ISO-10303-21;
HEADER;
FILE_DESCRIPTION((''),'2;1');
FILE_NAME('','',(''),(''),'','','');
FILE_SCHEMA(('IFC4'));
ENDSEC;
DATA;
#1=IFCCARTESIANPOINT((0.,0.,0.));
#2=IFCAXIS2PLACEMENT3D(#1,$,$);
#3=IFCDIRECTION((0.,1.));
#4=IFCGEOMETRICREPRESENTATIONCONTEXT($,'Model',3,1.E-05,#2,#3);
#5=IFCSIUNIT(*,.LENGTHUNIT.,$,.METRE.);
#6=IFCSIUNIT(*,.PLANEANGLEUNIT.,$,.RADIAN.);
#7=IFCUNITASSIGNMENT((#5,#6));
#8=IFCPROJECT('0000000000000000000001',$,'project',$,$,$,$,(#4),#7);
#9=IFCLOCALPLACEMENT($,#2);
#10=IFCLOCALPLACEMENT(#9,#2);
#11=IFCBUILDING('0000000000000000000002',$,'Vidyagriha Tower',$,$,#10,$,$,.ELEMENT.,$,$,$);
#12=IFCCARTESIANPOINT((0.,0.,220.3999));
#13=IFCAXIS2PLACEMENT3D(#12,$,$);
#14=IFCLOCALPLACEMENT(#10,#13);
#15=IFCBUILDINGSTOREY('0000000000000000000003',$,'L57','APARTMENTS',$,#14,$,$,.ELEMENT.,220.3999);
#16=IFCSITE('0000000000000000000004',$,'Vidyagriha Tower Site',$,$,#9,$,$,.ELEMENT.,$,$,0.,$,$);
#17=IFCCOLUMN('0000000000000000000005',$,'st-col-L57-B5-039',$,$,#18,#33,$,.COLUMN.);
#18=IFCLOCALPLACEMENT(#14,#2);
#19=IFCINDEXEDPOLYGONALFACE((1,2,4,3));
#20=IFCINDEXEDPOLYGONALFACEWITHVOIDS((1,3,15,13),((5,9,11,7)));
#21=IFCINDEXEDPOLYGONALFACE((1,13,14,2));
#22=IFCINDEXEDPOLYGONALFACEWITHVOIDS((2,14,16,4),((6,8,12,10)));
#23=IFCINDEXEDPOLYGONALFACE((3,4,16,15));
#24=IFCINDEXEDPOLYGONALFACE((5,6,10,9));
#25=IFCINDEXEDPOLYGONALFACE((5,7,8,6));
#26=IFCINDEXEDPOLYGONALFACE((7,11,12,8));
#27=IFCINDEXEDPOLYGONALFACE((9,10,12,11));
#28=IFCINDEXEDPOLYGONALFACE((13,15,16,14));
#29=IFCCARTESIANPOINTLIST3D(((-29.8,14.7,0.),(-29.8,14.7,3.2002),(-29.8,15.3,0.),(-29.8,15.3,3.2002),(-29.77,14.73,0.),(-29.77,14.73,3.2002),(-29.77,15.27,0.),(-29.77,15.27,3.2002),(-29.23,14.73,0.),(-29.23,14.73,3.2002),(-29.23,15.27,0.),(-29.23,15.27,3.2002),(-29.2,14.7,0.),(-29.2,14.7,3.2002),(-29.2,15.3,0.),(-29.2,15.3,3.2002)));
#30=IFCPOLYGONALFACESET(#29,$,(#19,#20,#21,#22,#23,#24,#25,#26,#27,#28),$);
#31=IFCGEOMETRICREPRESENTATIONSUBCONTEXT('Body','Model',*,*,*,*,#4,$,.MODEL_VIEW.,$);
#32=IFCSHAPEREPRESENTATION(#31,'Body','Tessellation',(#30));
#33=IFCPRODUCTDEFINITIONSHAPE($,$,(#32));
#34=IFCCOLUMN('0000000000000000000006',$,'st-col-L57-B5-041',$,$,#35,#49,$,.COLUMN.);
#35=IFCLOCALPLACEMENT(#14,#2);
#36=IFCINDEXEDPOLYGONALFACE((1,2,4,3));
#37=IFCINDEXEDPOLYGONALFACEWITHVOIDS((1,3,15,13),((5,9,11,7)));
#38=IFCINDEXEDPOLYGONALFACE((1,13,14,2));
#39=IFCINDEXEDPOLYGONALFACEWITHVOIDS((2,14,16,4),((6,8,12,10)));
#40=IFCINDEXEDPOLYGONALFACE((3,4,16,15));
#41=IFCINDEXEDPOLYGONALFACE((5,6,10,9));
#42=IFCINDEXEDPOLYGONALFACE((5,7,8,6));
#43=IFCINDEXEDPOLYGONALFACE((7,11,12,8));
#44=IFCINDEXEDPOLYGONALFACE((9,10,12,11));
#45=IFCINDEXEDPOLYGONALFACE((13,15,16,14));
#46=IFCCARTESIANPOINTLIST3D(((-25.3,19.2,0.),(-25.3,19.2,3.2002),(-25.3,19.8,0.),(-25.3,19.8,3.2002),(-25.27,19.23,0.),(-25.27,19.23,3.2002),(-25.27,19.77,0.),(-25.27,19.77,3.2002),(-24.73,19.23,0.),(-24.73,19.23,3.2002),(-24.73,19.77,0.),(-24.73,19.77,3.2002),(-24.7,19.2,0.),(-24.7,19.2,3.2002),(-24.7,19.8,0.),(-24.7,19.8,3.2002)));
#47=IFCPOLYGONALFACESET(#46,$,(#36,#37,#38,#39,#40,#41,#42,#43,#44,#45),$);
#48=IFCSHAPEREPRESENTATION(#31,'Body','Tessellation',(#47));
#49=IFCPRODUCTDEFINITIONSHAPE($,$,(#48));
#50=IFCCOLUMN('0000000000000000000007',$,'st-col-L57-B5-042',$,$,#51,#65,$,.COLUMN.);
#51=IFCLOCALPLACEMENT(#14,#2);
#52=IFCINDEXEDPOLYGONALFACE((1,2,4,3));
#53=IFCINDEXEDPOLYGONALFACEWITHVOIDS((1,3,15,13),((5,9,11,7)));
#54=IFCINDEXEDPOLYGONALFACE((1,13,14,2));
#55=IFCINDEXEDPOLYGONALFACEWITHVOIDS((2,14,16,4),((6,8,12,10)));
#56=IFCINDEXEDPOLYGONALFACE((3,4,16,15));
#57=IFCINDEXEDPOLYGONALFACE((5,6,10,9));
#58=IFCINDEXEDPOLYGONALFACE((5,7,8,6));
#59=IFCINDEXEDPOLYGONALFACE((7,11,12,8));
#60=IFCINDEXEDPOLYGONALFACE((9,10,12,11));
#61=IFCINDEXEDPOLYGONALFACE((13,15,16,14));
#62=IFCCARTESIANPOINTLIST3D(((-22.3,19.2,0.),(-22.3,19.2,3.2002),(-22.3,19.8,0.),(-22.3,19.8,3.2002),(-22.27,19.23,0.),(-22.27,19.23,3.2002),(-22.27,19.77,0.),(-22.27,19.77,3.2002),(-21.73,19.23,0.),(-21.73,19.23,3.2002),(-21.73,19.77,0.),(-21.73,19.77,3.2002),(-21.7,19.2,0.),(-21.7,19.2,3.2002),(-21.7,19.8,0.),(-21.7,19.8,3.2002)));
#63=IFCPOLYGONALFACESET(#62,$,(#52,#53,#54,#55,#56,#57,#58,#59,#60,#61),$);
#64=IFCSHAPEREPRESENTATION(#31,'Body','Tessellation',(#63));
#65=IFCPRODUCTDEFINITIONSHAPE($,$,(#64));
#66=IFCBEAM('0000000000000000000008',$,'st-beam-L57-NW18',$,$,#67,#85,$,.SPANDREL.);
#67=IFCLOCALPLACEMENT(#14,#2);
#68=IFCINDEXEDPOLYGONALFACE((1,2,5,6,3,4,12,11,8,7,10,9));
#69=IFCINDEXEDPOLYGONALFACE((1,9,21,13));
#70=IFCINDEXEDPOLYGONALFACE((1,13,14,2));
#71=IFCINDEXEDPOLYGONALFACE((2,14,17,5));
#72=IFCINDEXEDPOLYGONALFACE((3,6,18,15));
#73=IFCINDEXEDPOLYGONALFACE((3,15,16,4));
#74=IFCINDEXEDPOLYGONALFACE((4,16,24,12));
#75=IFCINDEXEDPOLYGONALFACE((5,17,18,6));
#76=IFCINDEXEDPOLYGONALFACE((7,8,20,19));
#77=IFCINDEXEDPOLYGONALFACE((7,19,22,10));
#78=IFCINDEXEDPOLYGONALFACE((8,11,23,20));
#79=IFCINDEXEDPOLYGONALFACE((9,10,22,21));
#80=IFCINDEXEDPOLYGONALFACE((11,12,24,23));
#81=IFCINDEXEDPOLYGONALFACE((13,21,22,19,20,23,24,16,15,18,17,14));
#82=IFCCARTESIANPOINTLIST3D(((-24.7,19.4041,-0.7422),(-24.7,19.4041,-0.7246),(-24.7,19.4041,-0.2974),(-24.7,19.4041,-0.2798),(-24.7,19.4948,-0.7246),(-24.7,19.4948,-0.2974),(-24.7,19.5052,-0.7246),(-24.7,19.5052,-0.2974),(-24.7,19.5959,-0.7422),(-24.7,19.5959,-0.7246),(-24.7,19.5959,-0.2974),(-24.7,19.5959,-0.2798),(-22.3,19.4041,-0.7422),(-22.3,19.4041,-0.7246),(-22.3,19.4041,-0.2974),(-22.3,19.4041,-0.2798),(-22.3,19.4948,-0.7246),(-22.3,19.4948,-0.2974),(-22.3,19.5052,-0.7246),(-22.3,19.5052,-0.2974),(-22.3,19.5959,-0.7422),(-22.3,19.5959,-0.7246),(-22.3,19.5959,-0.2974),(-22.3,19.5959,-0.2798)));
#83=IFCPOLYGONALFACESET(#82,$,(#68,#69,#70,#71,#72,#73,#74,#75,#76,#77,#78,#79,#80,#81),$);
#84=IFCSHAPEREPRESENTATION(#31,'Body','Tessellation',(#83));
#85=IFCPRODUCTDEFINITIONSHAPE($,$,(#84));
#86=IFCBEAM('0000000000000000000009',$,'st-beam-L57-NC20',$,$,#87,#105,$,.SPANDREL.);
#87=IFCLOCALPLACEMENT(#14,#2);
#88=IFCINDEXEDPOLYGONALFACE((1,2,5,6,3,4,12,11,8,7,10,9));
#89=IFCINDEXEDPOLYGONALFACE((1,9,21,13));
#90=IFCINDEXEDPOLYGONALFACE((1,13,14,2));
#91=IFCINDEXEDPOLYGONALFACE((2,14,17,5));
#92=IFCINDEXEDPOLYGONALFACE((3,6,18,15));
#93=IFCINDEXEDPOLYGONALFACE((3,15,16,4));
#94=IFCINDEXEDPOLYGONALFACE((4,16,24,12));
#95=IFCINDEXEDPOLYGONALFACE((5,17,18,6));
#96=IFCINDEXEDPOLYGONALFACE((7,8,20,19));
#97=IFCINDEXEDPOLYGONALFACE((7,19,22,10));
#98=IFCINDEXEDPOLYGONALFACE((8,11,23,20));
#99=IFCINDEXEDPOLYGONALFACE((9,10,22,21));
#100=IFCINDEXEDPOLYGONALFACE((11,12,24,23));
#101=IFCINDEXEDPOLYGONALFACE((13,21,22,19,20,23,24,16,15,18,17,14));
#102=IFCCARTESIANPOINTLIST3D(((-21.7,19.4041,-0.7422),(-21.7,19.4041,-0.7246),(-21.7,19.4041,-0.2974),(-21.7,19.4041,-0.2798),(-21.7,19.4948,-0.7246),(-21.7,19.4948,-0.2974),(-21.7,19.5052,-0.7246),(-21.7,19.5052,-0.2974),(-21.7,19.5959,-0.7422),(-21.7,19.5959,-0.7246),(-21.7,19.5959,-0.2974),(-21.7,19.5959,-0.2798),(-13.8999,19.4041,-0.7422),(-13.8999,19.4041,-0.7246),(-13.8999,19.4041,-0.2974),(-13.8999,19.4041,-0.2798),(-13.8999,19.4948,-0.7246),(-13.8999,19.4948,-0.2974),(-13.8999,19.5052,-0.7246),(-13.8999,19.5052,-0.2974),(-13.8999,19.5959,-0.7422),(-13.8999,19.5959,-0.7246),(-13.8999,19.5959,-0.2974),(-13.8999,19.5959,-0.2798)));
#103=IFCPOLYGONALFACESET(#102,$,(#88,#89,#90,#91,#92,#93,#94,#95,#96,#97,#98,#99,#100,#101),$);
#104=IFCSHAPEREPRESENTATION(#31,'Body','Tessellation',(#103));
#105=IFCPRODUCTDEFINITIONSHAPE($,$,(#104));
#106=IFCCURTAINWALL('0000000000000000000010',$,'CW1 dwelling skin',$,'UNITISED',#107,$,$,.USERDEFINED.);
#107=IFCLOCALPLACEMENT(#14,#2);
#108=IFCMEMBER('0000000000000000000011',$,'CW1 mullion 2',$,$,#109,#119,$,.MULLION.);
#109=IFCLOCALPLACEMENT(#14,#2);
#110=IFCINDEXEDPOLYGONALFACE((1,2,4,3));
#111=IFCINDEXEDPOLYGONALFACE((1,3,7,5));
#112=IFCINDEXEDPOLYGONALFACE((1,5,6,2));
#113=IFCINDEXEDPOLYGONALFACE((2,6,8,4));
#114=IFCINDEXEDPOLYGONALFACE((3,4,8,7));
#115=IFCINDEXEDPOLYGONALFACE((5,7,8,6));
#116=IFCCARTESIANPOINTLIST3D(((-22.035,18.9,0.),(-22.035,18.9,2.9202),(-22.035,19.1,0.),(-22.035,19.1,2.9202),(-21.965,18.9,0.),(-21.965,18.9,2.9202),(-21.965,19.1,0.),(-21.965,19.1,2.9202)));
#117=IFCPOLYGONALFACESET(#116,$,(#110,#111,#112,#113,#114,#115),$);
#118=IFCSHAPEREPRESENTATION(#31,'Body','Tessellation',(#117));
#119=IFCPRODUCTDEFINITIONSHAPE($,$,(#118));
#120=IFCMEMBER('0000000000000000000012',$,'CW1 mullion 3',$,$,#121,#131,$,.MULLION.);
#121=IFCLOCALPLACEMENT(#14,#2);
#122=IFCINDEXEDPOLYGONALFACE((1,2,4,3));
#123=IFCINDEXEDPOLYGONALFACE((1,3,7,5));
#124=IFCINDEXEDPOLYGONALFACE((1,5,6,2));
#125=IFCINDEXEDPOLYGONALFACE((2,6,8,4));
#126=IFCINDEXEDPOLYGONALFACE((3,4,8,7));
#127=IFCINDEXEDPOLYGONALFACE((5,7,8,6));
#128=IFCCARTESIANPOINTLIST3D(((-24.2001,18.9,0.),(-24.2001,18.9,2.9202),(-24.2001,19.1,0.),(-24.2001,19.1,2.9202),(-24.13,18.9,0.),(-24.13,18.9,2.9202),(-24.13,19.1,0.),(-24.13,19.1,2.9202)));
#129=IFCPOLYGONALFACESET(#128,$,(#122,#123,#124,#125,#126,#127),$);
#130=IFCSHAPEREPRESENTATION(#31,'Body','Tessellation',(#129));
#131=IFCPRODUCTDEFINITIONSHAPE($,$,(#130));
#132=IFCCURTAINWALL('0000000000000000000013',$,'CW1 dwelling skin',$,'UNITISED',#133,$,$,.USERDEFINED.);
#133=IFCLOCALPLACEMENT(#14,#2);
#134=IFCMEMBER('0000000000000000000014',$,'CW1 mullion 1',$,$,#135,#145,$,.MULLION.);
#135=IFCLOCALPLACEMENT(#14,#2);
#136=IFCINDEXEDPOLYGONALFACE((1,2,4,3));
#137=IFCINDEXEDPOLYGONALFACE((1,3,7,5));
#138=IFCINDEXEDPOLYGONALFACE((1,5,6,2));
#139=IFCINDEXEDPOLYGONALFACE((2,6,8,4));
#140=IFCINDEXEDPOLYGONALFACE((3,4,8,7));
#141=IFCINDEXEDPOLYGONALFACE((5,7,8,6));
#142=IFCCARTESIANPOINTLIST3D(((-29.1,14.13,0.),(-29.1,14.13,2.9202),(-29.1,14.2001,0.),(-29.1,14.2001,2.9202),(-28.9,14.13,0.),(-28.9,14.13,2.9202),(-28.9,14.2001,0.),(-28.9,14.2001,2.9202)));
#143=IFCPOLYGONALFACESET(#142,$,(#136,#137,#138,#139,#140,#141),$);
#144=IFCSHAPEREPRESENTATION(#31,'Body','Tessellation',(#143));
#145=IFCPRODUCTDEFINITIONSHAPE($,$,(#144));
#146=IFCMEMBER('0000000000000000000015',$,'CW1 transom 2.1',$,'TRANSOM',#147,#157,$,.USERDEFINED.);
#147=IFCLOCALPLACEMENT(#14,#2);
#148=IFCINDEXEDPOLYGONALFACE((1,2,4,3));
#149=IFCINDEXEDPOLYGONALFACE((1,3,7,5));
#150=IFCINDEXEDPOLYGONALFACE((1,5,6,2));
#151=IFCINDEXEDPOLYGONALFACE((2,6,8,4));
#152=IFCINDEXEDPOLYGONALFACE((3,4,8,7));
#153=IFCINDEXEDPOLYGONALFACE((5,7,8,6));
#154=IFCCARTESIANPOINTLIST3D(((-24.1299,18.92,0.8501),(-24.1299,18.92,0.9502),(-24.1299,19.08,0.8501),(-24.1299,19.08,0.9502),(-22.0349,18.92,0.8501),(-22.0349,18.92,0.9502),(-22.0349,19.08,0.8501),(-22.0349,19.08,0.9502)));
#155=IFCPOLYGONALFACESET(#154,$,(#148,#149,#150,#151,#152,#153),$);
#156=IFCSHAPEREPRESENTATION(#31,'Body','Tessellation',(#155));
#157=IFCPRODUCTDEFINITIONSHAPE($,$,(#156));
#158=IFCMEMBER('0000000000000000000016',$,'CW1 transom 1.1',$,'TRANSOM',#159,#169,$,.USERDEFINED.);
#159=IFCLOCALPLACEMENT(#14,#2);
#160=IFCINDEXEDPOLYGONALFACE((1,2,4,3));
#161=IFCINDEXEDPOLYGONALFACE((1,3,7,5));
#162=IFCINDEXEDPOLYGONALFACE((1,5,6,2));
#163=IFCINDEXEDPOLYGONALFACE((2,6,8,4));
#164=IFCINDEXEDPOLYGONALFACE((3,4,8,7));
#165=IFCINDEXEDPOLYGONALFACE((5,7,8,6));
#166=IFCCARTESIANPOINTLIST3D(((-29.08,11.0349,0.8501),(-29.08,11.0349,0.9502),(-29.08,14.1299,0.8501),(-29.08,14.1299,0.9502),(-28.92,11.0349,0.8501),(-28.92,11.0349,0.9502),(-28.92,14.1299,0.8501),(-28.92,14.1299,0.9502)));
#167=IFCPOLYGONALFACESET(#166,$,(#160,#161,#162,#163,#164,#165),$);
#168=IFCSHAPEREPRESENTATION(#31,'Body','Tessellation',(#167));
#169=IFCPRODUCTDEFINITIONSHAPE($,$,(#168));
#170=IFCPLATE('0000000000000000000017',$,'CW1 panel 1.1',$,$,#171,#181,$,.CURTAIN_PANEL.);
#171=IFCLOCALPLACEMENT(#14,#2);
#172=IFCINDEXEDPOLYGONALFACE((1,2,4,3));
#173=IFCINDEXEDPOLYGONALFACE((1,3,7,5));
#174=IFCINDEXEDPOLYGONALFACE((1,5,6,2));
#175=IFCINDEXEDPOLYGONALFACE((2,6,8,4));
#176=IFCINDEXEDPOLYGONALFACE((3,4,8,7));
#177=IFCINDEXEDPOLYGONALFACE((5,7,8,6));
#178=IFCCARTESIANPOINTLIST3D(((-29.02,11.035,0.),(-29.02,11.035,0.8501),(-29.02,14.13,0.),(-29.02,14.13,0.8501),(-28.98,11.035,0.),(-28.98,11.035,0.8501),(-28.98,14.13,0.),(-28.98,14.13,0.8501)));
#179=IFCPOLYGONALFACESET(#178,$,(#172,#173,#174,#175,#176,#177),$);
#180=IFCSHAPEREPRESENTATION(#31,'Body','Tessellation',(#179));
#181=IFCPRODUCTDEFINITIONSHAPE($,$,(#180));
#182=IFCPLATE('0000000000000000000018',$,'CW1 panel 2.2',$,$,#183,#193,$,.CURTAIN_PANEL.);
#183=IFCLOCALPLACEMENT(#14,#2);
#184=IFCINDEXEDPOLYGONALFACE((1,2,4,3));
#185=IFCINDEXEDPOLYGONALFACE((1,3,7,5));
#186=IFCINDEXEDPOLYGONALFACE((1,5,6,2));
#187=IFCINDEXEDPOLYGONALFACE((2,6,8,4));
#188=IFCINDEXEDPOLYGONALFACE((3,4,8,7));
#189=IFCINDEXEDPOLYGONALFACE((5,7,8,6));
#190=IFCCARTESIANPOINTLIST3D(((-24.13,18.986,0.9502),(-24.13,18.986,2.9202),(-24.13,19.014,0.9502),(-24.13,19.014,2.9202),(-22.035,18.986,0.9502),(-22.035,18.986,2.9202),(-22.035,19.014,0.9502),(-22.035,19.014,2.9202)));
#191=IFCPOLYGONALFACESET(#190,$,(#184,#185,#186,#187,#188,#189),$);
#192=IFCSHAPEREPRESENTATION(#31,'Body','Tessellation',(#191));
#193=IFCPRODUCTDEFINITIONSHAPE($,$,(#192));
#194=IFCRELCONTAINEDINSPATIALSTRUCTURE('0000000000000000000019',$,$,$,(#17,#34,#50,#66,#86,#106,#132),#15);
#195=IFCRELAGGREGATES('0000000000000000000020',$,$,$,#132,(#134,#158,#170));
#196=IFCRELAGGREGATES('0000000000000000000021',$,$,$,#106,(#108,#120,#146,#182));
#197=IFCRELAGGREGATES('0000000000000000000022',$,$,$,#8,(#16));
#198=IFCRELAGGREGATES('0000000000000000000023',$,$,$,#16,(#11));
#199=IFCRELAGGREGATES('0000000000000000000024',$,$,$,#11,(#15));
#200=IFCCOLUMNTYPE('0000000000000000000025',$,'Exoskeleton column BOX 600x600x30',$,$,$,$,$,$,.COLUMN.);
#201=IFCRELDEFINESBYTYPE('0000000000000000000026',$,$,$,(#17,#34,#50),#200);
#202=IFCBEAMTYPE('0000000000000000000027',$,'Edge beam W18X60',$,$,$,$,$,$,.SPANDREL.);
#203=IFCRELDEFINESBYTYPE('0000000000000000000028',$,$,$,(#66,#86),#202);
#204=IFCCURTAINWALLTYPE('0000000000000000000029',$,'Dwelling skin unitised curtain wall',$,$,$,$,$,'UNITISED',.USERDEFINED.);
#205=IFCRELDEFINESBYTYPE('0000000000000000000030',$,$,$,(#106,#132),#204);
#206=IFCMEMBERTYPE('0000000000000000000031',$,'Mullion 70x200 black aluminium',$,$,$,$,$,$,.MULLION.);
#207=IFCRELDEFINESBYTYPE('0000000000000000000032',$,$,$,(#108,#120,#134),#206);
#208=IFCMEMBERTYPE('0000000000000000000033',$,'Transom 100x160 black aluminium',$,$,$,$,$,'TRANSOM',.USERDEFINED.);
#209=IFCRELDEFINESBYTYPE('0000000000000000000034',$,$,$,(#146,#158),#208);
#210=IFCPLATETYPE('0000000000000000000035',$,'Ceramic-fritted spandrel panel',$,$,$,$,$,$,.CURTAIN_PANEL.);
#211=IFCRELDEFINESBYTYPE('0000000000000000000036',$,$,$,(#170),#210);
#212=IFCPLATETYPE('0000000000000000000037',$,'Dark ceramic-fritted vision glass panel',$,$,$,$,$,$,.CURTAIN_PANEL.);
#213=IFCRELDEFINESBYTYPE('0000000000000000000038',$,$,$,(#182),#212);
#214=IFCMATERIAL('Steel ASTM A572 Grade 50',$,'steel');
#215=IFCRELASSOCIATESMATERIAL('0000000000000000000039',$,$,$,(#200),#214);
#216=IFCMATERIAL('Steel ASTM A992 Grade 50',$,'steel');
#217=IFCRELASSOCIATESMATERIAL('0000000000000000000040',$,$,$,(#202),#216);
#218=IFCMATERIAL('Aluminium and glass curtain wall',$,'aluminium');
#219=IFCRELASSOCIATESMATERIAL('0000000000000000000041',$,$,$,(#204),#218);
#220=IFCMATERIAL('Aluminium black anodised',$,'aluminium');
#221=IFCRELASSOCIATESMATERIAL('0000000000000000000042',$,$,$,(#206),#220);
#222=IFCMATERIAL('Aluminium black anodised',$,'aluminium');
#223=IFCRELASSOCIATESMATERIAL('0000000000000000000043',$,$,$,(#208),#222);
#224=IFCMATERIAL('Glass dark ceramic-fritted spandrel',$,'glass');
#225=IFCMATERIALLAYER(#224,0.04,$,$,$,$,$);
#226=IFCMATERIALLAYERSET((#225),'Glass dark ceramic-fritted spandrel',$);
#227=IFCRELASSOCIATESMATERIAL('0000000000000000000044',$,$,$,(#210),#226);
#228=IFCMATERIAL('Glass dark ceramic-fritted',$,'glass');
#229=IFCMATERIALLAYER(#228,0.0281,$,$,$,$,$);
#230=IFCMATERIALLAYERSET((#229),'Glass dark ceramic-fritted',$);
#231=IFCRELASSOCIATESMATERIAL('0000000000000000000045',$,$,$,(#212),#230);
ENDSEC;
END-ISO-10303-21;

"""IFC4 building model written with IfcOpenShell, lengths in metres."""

from ifc_helpers import new_model, si_unit, direction, frame, origin, origin_2d, place, context, subcontext, project, spatial, rectangle, hollow_rectangle, i_section, extrude, material, layer, layer_set, material_profile, profile_set, type_object, element, aggregate, save


model = new_model("IFC4")

# Units and contexts
model_context = context("Model", 3, precision=1e-05, world=origin(), true_north=direction((0.0, 1.0)))
body_context = subcontext(model_context, "Body", "Model", "MODEL_VIEW")
ifc_project = project(units=[si_unit("LENGTHUNIT", "METRE"), si_unit("PLANEANGLEUNIT", "RADIAN")], contexts=[model_context])

# Site, building, storey
site_placement = place(None, origin())
site = spatial("IfcSite", under=ifc_project, at=site_placement, Name="Vidyagriha Tower Site", CompositionType="ELEMENT", RefElevation=0.0)
building_placement = place(site_placement, origin())
building = spatial("IfcBuilding", under=site, at=building_placement, Name="Vidyagriha Tower", CompositionType="ELEMENT")
storey_placement = place(building_placement, frame((0.0, 0.0, 220.3999)))
storey = spatial("IfcBuildingStorey", under=building, at=storey_placement, Name="L57", Description="APARTMENTS", CompositionType="ELEMENT", Elevation=220.3999)

# Columns
ifc_material_1 = material(Name="Steel ASTM A572 Grade 50", Category="steel")
ifc_material_profile_1 = material_profile(ifc_material_1, hollow_rectangle(XDim=0.6001, YDim=0.6001, WallThickness=0.03, at=origin_2d()), Name="BOX 600x600x30")
ifc_profile_set_1 = profile_set([ifc_material_profile_1], Name="Steel ASTM A572 Grade 50")
column_type = type_object("IfcColumnType", Name="Exoskeleton column BOX 600x600x30", PredefinedType="COLUMN", material=ifc_profile_set_1)
for number, where, name in (
    (1, (-29.5, 15.0, 0.0), "st-col-L57-B5-039"),
    (2, (-25.0, 19.5, 0.0), "st-col-L57-B5-041"),
    (3, (-22.0, 19.5, 0.0), "st-col-L57-B5-042"),
):
    element("IfcColumn", number, at=place(storey_placement, frame(where)), inside=storey, type_object=column_type, Name=name, PredefinedType="COLUMN", context=body_context, shape_type="SweptSolid", body=[
        extrude(hollow_rectangle(XDim=0.6001, YDim=0.6001, WallThickness=0.03, at=origin_2d()), origin(), (0.0, 0.0, 1.0), 3.2002),
    ])

# Beams
ifc_material_2 = material(Name="Steel ASTM A992 Grade 50", Category="steel")
ifc_material_profile_2 = material_profile(ifc_material_2, i_section(OverallWidth=0.1919, OverallDepth=0.4624, WebThickness=0.0105, FlangeThickness=0.0176, at=origin_2d()), Name="W18X60")
ifc_profile_set_2 = profile_set([ifc_material_profile_2], Name="Steel ASTM A992 Grade 50")
beam_type = type_object("IfcBeamType", Name="Edge beam W18X60", PredefinedType="SPANDREL", material=ifc_profile_set_2)
beam_1_placement = place(storey_placement, frame((-24.7, 19.5, -0.511), z_axis=(1.0, 0.0, 0.0), x_axis=(0.0, 1.0, 0.0)))
element("IfcBeam", 4, at=beam_1_placement, inside=storey, type_object=beam_type, Name="st-beam-L57-NW18", PredefinedType="SPANDREL", context=body_context, shape_type="SweptSolid", body=[
    extrude(i_section(OverallWidth=0.1919, OverallDepth=0.4624, WebThickness=0.0105, FlangeThickness=0.0176, at=origin_2d()), origin(), (0.0, 0.0, 1.0), 2.3999),
])
beam_2_placement = place(storey_placement, frame((-21.7, 19.5, -0.511), z_axis=(1.0, 0.0, 0.0), x_axis=(0.0, 1.0, 0.0)))
element("IfcBeam", 5, at=beam_2_placement, inside=storey, type_object=beam_type, Name="st-beam-L57-NC20", PredefinedType="SPANDREL", context=body_context, shape_type="SweptSolid", body=[
    extrude(i_section(OverallWidth=0.1919, OverallDepth=0.4624, WebThickness=0.0105, FlangeThickness=0.0176, at=origin_2d()), origin(), (0.0, 0.0, 1.0), 7.8),
])

# Curtain wall, members
ifc_material_3 = material(Name="Aluminium and glass curtain wall", Category="aluminium")
curtain_wall_type = type_object("IfcCurtainWallType", Name="Dwelling skin unitised curtain wall", ElementType="UNITISED", PredefinedType="USERDEFINED", material=ifc_material_3)
curtain_wall_1_placement = place(storey_placement, origin())
curtain_wall_1 = element("IfcCurtainWall", 6, at=curtain_wall_1_placement, inside=storey, type_object=curtain_wall_type, Name="CW1 dwelling skin", ObjectType="UNITISED", PredefinedType="USERDEFINED")
ifc_material_4 = material(Name="Aluminium black anodised", Category="aluminium")
ifc_material_profile_3 = material_profile(ifc_material_4, rectangle(XDim=0.2, YDim=0.0701, at=origin_2d()), Name="Mullion 70x200 black aluminium")
ifc_profile_set_3 = profile_set([ifc_material_profile_3], Name="Aluminium black anodised")
member_type_1 = type_object("IfcMemberType", Name="Mullion 70x200 black aluminium", PredefinedType="MULLION", material=ifc_profile_set_3)
member_1_placement = place(storey_placement, frame((-22.0, 19.0, 0.0), z_axis=(0.0, 0.0, 1.0), x_axis=(0.0, -1.0, 0.0)))
member_1 = element("IfcMember", 7, at=member_1_placement, type_object=member_type_1, Name="CW1 mullion 2", PredefinedType="MULLION", context=body_context, shape_type="SweptSolid", body=[
    extrude(rectangle(XDim=0.2, YDim=0.0701, at=origin_2d()), origin(), (0.0, 0.0, 1.0), 2.9202),
])
member_2_placement = place(storey_placement, frame((-24.165, 19.0, 0.0), z_axis=(0.0, 0.0, 1.0), x_axis=(0.0, -1.0, 0.0)))
member_2 = element("IfcMember", 8, at=member_2_placement, type_object=member_type_1, Name="CW1 mullion 3", PredefinedType="MULLION", context=body_context, shape_type="SweptSolid", body=[
    extrude(rectangle(XDim=0.2, YDim=0.0701, at=origin_2d()), origin(), (0.0, 0.0, 1.0), 2.9202),
])

# Curtain wall, member
curtain_wall_2_placement = place(storey_placement, origin())
curtain_wall_2 = element("IfcCurtainWall", 9, at=curtain_wall_2_placement, inside=storey, type_object=curtain_wall_type, Name="CW1 dwelling skin", ObjectType="UNITISED", PredefinedType="USERDEFINED")
member_3_placement = place(storey_placement, frame((-29.0, 14.165, 0.0)))
member_3 = element("IfcMember", 10, at=member_3_placement, type_object=member_type_1, Name="CW1 mullion 1", PredefinedType="MULLION", context=body_context, shape_type="SweptSolid", body=[
    extrude(rectangle(XDim=0.2, YDim=0.0701, at=origin_2d()), origin(), (0.0, 0.0, 1.0), 2.9202),
])

# Members
ifc_material_5 = material(Name="Aluminium black anodised", Category="aluminium")
ifc_material_profile_4 = material_profile(ifc_material_5, rectangle(XDim=0.1599, YDim=0.1001, at=origin_2d()), Name="Transom 100x160 black aluminium")
ifc_profile_set_4 = profile_set([ifc_material_profile_4], Name="Aluminium black anodised")
member_type_2 = type_object("IfcMemberType", Name="Transom 100x160 black aluminium", ElementType="TRANSOM", PredefinedType="USERDEFINED", material=ifc_profile_set_4)
member_4_placement = place(storey_placement, frame((-22.0349, 19.0, 0.9001), z_axis=(-1.0, 0.0, 0.0), x_axis=(0.0, -1.0, 0.0)))
member_4 = element("IfcMember", 11, at=member_4_placement, type_object=member_type_2, Name="CW1 transom 2.1", ObjectType="TRANSOM", PredefinedType="USERDEFINED", context=body_context, shape_type="SweptSolid", body=[
    extrude(rectangle(XDim=0.1599, YDim=0.1001, at=origin_2d()), origin(), (0.0, 0.0, 1.0), 2.095),
])
member_5_placement = place(storey_placement, frame((-29.0, 14.1299, 0.9001), z_axis=(0.0, -1.0, 0.0), x_axis=(1.0, 0.0, 0.0)))
member_5 = element("IfcMember", 12, at=member_5_placement, type_object=member_type_2, Name="CW1 transom 1.1", ObjectType="TRANSOM", PredefinedType="USERDEFINED", context=body_context, shape_type="SweptSolid", body=[
    extrude(rectangle(XDim=0.1599, YDim=0.1001, at=origin_2d()), origin(), (0.0, 0.0, 1.0), 3.095),
])

# Plates
ifc_material_6 = material(Name="Glass dark ceramic-fritted spandrel", Category="glass")
ifc_layer_1 = layer(ifc_material_6, 0.04)
ifc_layer_set_1 = layer_set([ifc_layer_1], Name="Glass dark ceramic-fritted spandrel")
plate_type_1 = type_object("IfcPlateType", Name="Ceramic-fritted spandrel panel", PredefinedType="CURTAIN_PANEL", material=ifc_layer_set_1)
plate_1_placement = place(storey_placement, frame((-29.0, 12.5825, 0.0), z_axis=(0.0, 0.0, 1.0), x_axis=(0.0, -1.0, 0.0)))
plate_1 = element("IfcPlate", 13, at=plate_1_placement, type_object=plate_type_1, Name="CW1 panel 1.1", PredefinedType="CURTAIN_PANEL", context=body_context, shape_type="SweptSolid", body=[
    extrude(rectangle(XDim=3.095, YDim=0.04, at=origin_2d()), origin(), (0.0, 0.0, 1.0), 0.8501),
])
ifc_material_7 = material(Name="Glass dark ceramic-fritted", Category="glass")
ifc_layer_2 = layer(ifc_material_7, 0.0281)
ifc_layer_set_2 = layer_set([ifc_layer_2], Name="Glass dark ceramic-fritted")
plate_type_2 = type_object("IfcPlateType", Name="Dark ceramic-fritted vision glass panel", PredefinedType="CURTAIN_PANEL", material=ifc_layer_set_2)
plate_2_placement = place(storey_placement, frame((-23.0825, 19.0, 0.9502), z_axis=(0.0, 0.0, 1.0), x_axis=(-1.0, 0.0, 0.0)))
plate_2 = element("IfcPlate", 14, at=plate_2_placement, type_object=plate_type_2, Name="CW1 panel 2.2", PredefinedType="CURTAIN_PANEL", context=body_context, shape_type="SweptSolid", body=[
    extrude(rectangle(XDim=2.095, YDim=0.0281, at=origin_2d()), origin(), (0.0, 0.0, 1.0), 1.97),
])
aggregate(curtain_wall_2, [member_3, member_5, plate_1])
aggregate(curtain_wall_1, [member_1, member_2, member_4, plate_2])

save(model, "model.ifc")
